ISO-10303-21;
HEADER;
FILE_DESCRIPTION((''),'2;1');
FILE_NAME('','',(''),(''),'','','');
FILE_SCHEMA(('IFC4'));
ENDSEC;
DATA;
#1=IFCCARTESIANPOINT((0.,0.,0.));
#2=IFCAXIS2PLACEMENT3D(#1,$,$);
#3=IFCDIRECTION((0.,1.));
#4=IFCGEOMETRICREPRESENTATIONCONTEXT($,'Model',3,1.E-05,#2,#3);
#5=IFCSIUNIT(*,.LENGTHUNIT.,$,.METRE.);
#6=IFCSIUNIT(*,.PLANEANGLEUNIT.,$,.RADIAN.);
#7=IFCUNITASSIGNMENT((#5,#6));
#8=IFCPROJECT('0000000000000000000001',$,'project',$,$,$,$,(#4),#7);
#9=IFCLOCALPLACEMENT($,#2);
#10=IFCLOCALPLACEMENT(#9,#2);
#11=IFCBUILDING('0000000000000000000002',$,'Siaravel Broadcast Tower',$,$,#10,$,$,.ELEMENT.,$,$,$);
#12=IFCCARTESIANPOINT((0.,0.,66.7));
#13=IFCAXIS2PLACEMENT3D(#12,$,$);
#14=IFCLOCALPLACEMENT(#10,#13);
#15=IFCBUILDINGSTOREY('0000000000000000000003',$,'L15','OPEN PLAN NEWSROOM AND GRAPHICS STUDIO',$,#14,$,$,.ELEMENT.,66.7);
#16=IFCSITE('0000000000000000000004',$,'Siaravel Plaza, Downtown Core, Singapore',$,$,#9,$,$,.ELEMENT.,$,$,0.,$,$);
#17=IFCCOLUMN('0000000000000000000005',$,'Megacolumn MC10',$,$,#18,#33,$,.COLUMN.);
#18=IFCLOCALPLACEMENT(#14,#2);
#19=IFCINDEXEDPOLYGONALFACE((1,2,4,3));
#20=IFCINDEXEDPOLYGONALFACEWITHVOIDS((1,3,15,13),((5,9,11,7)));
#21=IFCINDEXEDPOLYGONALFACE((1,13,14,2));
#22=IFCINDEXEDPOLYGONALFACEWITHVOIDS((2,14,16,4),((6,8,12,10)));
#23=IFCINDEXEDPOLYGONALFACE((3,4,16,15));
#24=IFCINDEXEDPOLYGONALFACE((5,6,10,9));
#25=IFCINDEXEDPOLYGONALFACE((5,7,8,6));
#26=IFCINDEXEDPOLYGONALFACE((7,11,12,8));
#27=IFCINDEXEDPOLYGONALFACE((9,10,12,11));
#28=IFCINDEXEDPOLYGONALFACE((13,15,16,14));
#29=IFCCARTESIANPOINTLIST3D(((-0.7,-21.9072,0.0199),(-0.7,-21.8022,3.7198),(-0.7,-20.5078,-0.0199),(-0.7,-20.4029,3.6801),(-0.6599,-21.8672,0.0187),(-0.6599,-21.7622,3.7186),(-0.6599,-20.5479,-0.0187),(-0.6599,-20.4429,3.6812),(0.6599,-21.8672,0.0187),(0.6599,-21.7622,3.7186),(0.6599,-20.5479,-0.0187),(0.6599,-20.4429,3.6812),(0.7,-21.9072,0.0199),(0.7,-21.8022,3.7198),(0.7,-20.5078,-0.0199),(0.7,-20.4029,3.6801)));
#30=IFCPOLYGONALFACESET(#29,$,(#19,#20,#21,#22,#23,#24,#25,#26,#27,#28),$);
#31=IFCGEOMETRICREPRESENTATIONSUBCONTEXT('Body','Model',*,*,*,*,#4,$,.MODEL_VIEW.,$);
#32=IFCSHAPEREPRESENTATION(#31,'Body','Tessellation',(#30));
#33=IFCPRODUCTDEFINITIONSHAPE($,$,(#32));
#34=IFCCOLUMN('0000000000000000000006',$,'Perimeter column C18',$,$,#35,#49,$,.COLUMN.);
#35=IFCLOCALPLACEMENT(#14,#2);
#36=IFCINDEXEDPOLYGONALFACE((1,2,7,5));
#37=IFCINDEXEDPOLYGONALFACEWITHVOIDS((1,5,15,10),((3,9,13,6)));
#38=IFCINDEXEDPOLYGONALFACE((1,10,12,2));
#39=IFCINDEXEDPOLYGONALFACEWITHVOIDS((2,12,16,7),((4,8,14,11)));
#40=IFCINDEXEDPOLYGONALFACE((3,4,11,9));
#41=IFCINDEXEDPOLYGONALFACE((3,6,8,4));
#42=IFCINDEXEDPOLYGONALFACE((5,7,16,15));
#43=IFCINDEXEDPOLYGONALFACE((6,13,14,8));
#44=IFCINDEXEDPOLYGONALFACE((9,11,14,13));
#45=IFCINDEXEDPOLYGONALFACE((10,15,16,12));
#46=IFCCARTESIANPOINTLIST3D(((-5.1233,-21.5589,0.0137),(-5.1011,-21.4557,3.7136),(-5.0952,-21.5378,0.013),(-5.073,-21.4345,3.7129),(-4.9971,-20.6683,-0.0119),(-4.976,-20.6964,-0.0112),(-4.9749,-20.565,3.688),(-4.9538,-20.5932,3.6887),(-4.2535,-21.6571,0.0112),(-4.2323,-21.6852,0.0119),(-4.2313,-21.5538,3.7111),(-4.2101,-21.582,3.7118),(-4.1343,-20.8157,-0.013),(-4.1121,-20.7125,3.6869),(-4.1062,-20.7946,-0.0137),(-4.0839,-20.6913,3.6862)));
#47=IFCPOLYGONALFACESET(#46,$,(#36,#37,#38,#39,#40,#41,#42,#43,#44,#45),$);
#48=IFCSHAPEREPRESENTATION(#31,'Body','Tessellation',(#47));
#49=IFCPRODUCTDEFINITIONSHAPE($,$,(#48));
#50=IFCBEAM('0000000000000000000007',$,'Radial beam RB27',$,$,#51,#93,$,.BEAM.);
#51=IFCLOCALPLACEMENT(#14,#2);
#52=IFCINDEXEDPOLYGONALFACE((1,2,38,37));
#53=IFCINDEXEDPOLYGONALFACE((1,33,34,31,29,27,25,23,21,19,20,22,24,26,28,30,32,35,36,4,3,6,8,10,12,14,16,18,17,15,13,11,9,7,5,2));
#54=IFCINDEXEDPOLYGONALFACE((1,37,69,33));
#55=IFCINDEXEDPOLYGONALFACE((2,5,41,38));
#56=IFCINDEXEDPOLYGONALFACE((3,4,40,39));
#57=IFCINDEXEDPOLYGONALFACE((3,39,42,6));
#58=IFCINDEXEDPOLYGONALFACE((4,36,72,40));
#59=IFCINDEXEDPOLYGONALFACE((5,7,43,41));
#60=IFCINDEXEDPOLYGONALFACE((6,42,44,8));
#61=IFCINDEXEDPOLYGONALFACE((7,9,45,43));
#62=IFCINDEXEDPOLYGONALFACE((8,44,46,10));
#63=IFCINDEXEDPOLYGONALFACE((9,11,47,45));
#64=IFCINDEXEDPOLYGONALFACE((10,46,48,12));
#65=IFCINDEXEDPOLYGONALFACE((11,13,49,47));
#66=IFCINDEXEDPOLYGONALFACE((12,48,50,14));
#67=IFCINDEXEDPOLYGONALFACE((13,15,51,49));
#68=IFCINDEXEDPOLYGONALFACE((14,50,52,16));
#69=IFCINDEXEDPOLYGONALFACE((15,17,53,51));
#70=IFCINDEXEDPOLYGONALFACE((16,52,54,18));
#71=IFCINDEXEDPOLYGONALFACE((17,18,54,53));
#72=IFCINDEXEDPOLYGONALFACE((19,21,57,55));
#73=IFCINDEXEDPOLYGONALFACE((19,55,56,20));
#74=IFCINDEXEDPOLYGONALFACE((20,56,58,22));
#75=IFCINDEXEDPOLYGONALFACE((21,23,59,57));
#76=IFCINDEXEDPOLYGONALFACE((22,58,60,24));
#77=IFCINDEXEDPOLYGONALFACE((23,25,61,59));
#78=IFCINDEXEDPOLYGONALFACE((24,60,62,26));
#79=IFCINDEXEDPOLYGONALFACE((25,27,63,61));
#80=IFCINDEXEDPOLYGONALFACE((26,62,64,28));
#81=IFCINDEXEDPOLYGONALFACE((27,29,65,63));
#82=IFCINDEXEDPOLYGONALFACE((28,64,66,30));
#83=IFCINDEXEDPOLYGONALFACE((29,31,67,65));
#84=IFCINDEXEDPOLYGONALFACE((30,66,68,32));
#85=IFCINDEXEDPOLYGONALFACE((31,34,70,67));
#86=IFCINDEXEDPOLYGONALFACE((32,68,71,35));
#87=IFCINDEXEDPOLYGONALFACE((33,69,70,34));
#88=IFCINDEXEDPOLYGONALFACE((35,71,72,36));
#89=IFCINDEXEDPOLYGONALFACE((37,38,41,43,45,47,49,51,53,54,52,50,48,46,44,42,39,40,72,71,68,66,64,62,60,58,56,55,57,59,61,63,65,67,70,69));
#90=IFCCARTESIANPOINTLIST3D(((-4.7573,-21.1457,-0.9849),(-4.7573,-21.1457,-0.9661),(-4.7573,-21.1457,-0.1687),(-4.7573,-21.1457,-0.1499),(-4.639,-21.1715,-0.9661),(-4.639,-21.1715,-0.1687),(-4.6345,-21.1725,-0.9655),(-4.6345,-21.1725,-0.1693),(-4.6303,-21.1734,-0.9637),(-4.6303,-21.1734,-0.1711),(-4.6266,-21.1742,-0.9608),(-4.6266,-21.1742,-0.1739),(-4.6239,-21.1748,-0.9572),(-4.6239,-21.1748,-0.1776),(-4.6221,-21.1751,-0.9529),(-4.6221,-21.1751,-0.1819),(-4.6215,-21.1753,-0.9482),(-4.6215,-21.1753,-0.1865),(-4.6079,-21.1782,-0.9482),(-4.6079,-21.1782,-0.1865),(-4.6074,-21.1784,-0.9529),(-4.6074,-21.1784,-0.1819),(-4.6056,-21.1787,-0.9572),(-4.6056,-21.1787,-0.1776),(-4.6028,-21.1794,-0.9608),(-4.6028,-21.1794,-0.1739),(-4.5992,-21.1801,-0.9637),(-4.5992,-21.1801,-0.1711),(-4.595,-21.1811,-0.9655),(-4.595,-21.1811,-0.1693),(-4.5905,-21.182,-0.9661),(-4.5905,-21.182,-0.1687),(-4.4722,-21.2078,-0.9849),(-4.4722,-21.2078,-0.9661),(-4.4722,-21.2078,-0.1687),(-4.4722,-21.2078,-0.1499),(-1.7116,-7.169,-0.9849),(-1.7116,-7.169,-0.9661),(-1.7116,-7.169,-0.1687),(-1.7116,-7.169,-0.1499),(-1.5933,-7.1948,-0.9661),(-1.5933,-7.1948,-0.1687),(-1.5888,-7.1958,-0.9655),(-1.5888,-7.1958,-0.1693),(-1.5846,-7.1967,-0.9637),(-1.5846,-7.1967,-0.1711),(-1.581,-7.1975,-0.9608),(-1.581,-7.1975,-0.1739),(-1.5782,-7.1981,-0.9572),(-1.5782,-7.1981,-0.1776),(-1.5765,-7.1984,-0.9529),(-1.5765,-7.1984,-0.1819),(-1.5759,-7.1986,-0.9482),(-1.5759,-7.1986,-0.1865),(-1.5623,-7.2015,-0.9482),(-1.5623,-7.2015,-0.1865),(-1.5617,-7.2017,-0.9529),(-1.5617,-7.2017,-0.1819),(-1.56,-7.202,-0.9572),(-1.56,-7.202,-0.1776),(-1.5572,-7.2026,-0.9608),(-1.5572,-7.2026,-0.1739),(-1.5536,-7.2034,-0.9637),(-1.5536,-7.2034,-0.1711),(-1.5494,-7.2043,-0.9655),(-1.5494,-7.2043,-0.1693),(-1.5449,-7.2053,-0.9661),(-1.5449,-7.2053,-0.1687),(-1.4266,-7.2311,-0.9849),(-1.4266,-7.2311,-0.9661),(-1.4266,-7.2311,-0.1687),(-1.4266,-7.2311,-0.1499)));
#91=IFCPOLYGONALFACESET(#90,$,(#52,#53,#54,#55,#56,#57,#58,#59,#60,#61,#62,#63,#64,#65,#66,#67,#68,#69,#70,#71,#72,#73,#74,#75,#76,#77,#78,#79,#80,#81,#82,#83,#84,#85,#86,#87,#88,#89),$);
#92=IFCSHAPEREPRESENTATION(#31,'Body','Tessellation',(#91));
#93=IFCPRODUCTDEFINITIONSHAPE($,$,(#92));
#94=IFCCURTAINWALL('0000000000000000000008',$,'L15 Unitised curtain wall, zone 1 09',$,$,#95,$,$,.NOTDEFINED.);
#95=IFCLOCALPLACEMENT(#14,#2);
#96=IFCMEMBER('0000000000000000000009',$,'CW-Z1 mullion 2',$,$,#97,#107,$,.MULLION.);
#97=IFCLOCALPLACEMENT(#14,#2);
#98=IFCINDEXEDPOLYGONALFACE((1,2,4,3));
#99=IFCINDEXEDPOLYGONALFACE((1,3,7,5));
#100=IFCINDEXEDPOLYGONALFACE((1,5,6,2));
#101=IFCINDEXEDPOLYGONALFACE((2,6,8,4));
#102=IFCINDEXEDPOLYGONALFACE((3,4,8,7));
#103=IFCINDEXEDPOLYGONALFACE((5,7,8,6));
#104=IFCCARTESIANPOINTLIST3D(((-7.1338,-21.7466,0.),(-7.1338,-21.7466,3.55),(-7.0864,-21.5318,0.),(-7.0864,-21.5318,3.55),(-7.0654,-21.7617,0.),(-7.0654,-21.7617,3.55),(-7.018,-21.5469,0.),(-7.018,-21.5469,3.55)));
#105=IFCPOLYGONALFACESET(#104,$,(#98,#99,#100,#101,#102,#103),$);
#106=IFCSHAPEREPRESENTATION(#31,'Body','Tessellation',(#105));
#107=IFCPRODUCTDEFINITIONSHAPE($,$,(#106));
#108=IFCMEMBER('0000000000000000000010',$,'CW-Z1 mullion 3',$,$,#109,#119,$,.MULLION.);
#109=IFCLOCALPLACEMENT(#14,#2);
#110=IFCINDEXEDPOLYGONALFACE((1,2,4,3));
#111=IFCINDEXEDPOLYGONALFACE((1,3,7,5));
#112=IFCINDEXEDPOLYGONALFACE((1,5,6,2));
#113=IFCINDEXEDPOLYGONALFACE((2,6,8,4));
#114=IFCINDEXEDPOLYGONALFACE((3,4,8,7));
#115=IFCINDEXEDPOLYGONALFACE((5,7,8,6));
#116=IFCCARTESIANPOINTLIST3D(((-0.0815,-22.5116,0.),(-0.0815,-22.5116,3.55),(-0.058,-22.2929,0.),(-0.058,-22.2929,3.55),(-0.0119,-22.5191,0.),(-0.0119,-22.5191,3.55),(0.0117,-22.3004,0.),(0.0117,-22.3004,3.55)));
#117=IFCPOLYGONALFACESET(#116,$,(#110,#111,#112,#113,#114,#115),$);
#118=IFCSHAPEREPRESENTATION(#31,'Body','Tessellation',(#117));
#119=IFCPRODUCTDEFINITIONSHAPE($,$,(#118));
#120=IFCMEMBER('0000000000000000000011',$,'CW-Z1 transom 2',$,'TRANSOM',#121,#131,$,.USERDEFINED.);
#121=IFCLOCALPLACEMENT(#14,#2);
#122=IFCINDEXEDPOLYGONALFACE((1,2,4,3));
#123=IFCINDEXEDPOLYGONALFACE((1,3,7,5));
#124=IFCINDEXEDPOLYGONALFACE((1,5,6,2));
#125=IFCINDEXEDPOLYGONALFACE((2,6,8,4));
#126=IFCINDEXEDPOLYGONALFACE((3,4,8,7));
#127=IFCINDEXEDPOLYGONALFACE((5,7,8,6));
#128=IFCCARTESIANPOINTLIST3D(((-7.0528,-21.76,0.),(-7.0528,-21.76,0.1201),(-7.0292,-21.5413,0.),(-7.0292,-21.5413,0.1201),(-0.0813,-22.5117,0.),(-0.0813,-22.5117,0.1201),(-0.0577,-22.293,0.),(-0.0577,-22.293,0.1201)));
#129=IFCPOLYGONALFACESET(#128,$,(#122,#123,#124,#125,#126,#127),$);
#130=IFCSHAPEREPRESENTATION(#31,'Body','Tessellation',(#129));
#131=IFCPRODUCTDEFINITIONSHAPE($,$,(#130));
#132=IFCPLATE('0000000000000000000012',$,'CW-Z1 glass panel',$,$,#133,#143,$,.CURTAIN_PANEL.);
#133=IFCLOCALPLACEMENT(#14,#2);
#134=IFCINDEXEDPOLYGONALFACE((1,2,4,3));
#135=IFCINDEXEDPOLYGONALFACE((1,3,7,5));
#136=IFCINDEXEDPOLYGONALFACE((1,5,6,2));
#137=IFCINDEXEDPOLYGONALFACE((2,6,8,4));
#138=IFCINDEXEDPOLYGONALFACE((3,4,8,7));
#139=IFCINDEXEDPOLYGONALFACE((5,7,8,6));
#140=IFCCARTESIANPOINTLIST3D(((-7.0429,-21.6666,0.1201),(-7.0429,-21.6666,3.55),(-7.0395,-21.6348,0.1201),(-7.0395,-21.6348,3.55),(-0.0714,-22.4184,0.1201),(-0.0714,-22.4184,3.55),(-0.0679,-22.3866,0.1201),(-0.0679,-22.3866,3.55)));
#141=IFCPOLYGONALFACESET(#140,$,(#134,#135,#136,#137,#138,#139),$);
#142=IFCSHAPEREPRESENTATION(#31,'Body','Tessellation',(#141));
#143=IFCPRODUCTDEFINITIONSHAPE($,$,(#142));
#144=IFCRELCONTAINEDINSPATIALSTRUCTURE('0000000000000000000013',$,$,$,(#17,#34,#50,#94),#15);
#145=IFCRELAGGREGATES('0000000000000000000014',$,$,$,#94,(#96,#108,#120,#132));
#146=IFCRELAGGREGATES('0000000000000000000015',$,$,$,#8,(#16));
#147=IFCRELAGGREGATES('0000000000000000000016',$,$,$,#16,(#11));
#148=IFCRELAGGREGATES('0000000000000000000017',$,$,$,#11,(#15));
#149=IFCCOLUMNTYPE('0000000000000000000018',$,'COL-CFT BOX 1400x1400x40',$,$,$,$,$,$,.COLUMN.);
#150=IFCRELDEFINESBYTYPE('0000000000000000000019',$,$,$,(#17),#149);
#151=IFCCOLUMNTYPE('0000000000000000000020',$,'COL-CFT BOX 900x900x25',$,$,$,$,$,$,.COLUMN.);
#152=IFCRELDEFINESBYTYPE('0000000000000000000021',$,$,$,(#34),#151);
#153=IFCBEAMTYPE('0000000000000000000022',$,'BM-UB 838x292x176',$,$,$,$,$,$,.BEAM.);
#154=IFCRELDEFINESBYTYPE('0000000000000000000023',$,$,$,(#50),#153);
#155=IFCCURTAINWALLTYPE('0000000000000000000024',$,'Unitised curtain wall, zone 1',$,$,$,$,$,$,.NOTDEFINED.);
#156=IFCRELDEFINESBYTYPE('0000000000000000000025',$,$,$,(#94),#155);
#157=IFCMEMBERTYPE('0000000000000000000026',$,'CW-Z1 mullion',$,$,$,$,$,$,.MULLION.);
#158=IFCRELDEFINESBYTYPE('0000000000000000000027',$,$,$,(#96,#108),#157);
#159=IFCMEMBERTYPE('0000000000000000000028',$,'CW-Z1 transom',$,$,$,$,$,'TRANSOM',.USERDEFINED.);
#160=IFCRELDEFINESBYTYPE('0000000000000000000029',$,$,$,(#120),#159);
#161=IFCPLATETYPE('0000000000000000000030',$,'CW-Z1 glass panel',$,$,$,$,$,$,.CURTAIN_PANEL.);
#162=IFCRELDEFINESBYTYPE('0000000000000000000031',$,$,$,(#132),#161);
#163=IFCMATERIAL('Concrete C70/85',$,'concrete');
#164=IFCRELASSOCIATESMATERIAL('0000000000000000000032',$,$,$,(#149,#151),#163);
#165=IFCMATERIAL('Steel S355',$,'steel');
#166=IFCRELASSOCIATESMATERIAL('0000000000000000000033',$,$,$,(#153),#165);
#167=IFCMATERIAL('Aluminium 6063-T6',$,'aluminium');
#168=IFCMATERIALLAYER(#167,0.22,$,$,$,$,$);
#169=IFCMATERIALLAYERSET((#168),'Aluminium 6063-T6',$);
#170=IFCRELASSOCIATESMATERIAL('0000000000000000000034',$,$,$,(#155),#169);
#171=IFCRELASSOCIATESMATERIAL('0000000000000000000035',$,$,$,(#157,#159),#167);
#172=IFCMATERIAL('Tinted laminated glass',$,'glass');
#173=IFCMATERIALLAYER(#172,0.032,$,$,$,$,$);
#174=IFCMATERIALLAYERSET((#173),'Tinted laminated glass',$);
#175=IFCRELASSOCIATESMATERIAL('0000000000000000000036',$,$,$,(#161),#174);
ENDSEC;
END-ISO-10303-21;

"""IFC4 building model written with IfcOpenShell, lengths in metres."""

from ifc_helpers import new_model, si_unit, direction, frame, origin, origin_2d, place, context, subcontext, project, spatial, rectangle, hollow_rectangle, i_section, extrude, material, layer, layer_set, material_profile, profile_set, type_object, element, aggregate, save


model = new_model("IFC4")

# Units and contexts
model_context = context("Model", 3, precision=1e-05, world=origin(), true_north=direction((0.0, 1.0)))
body_context = subcontext(model_context, "Body", "Model", "MODEL_VIEW")
ifc_project = project(units=[si_unit("LENGTHUNIT", "METRE"), si_unit("PLANEANGLEUNIT", "RADIAN")], contexts=[model_context])

# Site, building, storey
site_placement = place(None, origin())
site = spatial("IfcSite", under=ifc_project, at=site_placement, Name="Siaravel Plaza, Downtown Core, Singapore", CompositionType="ELEMENT", RefElevation=0.0)
building_placement = place(site_placement, origin())
building = spatial("IfcBuilding", under=site, at=building_placement, Name="Siaravel Broadcast Tower", CompositionType="ELEMENT")
storey_placement = place(building_placement, frame((0.0, 0.0, 66.7)))
storey = spatial("IfcBuildingStorey", under=building, at=storey_placement, Name="L15", Description="OPEN PLAN NEWSROOM AND GRAPHICS STUDIO", CompositionType="ELEMENT", Elevation=66.7)

# Columns
ifc_material_1 = material(Name="Concrete C70/85", Category="concrete")
ifc_material_profile_1 = material_profile(ifc_material_1, hollow_rectangle(XDim=1.3999, YDim=1.3999, WallThickness=0.04, at=origin_2d()))
ifc_profile_set_1 = profile_set([ifc_material_profile_1], Name="Concrete C70/85")
column_type_1 = type_object("IfcColumnType", Name="COL-CFT BOX 1400x1400x40", PredefinedType="COLUMN", material=ifc_profile_set_1)
column_1_placement = place(storey_placement, frame((0.0, -21.2075, 0.0), z_axis=(0.0, 0.028362, 0.999598), x_axis=(-1.0, 0.0, 0.0)))
element("IfcColumn", 1, at=column_1_placement, inside=storey, type_object=column_type_1, Name="Megacolumn MC10", PredefinedType="COLUMN", context=body_context, shape_type="SweptSolid", body=[
    extrude(hollow_rectangle(XDim=1.3999, YDim=1.3999, WallThickness=0.04, at=origin_2d()), origin(), (0.0, 0.0, 1.0), 3.7014),
])
ifc_material_profile_2 = material_profile(ifc_material_1, hollow_rectangle(XDim=0.8999, YDim=0.8999, WallThickness=0.0249, at=origin_2d()))
ifc_profile_set_2 = profile_set([ifc_material_profile_2], Name="Concrete C70/85")
column_type_2 = type_object("IfcColumnType", Name="COL-CFT BOX 900x900x25", PredefinedType="COLUMN", material=ifc_profile_set_2)
column_2_placement = place(storey_placement, frame((-4.6147, -21.1768, 0.0), z_axis=(0.006002, 0.0279, 0.999593), x_axis=(-0.990101, 0.140342, 0.002028)))
element("IfcColumn", 2, at=column_2_placement, inside=storey, type_object=column_type_2, Name="Perimeter column C18", PredefinedType="COLUMN", context=body_context, shape_type="SweptSolid", body=[
    extrude(hollow_rectangle(XDim=0.8999, YDim=0.8999, WallThickness=0.0249, at=origin_2d()), origin(), (0.0, 0.0, 1.0), 3.7014),
])

# Beam
ifc_material_2 = material(Name="Steel S355", Category="steel")
ifc_material_profile_3 = material_profile(ifc_material_2, i_section(OverallWidth=0.2917, OverallDepth=0.835, WebThickness=0.0139, FlangeThickness=0.0188, FilletRadius=0.0178, at=origin_2d()))
ifc_profile_set_3 = profile_set([ifc_material_profile_3], Name="Steel S355")
beam_type = type_object("IfcBeamType", Name="BM-UB 838x292x176", PredefinedType="BEAM", material=ifc_profile_set_3)
beam_placement = place(storey_placement, frame((-4.6147, -21.1768, -0.5674), z_axis=(0.212911, 0.977072, 0.0), x_axis=(-0.977072, 0.212911, 0.0)))
element("IfcBeam", 3, at=beam_placement, inside=storey, type_object=beam_type, Name="Radial beam RB27", PredefinedType="BEAM", context=body_context, shape_type="SweptSolid", body=[
    extrude(i_section(OverallWidth=0.2917, OverallDepth=0.835, WebThickness=0.0139, FlangeThickness=0.0188, FilletRadius=0.0178, at=origin_2d()), origin(), (0.0, 0.0, 1.0), 14.3047),
])

# Curtain wall, members, plate
ifc_material_3 = material(Name="Aluminium 6063-T6", Category="aluminium")
ifc_layer_1 = layer(ifc_material_3, 0.22)
ifc_layer_set_1 = layer_set([ifc_layer_1], Name="Aluminium 6063-T6")
curtain_wall_type = type_object("IfcCurtainWallType", Name="Unitised curtain wall, zone 1", PredefinedType="NOTDEFINED", material=ifc_layer_set_1)
curtain_wall_placement = place(storey_placement, origin())
curtain_wall = element("IfcCurtainWall", 4, at=curtain_wall_placement, inside=storey, type_object=curtain_wall_type, Name="L15 Unitised curtain wall, zone 1 09", PredefinedType="NOTDEFINED")
ifc_material_profile_4 = material_profile(ifc_material_3, rectangle(XDim=0.22, YDim=0.0701, at=origin_2d()))
ifc_profile_set_4 = profile_set([ifc_material_profile_4], Name="Aluminium 6063-T6")
member_type_1 = type_object("IfcMemberType", Name="CW-Z1 mullion", PredefinedType="MULLION", material=ifc_profile_set_4)
member_1_placement = place(storey_placement, frame((-7.0759, -21.6467, 0.0), z_axis=(0.0, 0.0, 1.0), x_axis=(0.215557, 0.976491, 0.0)))
member_1 = element("IfcMember", 5, at=member_1_placement, type_object=member_type_1, Name="CW-Z1 mullion 2", PredefinedType="MULLION", context=body_context, shape_type="SweptSolid", body=[
    extrude(rectangle(XDim=0.22, YDim=0.0701, at=origin_2d()), origin(), (0.0, 0.0, 1.0), 3.55),
])
member_2_placement = place(storey_placement, frame((-0.0349, -22.406, 0.0), z_axis=(0.0, 0.0, 1.0), x_axis=(0.107217, 0.994236, 0.0)))
member_2 = element("IfcMember", 6, at=member_2_placement, type_object=member_type_1, Name="CW-Z1 mullion 3", PredefinedType="MULLION", context=body_context, shape_type="SweptSolid", body=[
    extrude(rectangle(XDim=0.22, YDim=0.0701, at=origin_2d()), origin(), (0.0, 0.0, 1.0), 3.55),
])
ifc_material_profile_5 = material_profile(ifc_material_3, rectangle(XDim=0.22, YDim=0.1201, at=origin_2d()))
ifc_profile_set_5 = profile_set([ifc_material_profile_5], Name="Aluminium 6063-T6")
member_type_2 = type_object("IfcMemberType", Name="CW-Z1 transom", ElementType="TRANSOM", PredefinedType="USERDEFINED", material=ifc_profile_set_5)
member_3_placement = place(storey_placement, frame((-7.041, -21.6506, 0.0601), z_axis=(0.994237, -0.107206, 0.0), x_axis=(0.107206, 0.994237, 0.0)))
member_3 = element("IfcMember", 7, at=member_3_placement, type_object=member_type_2, Name="CW-Z1 transom 2", ObjectType="TRANSOM", PredefinedType="USERDEFINED", context=body_context, shape_type="SweptSolid", body=[
    extrude(rectangle(XDim=0.22, YDim=0.1201, at=origin_2d()), origin(), (0.0, 0.0, 1.0), 7.012),
])
ifc_material_4 = material(Name="Tinted laminated glass", Category="glass")
ifc_layer_2 = layer(ifc_material_4, 0.032)
ifc_layer_set_2 = layer_set([ifc_layer_2], Name="Tinted laminated glass")
plate_type = type_object("IfcPlateType", Name="CW-Z1 glass panel", PredefinedType="CURTAIN_PANEL", material=ifc_layer_set_2)
plate_placement = place(storey_placement, frame((-3.5554, -22.0266, 0.1201), z_axis=(0.0, 0.0, 1.0), x_axis=(0.994236, -0.107217, 0.0)))
plate = element("IfcPlate", 8, at=plate_placement, type_object=plate_type, Name="CW-Z1 glass panel", PredefinedType="CURTAIN_PANEL", context=body_context, shape_type="SweptSolid", body=[
    extrude(rectangle(XDim=7.012, YDim=0.032, at=origin_2d()), origin(), (0.0, 0.0, 1.0), 3.4299),
])
aggregate(curtain_wall, [member_1, member_2, member_3, plate])

save(model, "model.ifc")
